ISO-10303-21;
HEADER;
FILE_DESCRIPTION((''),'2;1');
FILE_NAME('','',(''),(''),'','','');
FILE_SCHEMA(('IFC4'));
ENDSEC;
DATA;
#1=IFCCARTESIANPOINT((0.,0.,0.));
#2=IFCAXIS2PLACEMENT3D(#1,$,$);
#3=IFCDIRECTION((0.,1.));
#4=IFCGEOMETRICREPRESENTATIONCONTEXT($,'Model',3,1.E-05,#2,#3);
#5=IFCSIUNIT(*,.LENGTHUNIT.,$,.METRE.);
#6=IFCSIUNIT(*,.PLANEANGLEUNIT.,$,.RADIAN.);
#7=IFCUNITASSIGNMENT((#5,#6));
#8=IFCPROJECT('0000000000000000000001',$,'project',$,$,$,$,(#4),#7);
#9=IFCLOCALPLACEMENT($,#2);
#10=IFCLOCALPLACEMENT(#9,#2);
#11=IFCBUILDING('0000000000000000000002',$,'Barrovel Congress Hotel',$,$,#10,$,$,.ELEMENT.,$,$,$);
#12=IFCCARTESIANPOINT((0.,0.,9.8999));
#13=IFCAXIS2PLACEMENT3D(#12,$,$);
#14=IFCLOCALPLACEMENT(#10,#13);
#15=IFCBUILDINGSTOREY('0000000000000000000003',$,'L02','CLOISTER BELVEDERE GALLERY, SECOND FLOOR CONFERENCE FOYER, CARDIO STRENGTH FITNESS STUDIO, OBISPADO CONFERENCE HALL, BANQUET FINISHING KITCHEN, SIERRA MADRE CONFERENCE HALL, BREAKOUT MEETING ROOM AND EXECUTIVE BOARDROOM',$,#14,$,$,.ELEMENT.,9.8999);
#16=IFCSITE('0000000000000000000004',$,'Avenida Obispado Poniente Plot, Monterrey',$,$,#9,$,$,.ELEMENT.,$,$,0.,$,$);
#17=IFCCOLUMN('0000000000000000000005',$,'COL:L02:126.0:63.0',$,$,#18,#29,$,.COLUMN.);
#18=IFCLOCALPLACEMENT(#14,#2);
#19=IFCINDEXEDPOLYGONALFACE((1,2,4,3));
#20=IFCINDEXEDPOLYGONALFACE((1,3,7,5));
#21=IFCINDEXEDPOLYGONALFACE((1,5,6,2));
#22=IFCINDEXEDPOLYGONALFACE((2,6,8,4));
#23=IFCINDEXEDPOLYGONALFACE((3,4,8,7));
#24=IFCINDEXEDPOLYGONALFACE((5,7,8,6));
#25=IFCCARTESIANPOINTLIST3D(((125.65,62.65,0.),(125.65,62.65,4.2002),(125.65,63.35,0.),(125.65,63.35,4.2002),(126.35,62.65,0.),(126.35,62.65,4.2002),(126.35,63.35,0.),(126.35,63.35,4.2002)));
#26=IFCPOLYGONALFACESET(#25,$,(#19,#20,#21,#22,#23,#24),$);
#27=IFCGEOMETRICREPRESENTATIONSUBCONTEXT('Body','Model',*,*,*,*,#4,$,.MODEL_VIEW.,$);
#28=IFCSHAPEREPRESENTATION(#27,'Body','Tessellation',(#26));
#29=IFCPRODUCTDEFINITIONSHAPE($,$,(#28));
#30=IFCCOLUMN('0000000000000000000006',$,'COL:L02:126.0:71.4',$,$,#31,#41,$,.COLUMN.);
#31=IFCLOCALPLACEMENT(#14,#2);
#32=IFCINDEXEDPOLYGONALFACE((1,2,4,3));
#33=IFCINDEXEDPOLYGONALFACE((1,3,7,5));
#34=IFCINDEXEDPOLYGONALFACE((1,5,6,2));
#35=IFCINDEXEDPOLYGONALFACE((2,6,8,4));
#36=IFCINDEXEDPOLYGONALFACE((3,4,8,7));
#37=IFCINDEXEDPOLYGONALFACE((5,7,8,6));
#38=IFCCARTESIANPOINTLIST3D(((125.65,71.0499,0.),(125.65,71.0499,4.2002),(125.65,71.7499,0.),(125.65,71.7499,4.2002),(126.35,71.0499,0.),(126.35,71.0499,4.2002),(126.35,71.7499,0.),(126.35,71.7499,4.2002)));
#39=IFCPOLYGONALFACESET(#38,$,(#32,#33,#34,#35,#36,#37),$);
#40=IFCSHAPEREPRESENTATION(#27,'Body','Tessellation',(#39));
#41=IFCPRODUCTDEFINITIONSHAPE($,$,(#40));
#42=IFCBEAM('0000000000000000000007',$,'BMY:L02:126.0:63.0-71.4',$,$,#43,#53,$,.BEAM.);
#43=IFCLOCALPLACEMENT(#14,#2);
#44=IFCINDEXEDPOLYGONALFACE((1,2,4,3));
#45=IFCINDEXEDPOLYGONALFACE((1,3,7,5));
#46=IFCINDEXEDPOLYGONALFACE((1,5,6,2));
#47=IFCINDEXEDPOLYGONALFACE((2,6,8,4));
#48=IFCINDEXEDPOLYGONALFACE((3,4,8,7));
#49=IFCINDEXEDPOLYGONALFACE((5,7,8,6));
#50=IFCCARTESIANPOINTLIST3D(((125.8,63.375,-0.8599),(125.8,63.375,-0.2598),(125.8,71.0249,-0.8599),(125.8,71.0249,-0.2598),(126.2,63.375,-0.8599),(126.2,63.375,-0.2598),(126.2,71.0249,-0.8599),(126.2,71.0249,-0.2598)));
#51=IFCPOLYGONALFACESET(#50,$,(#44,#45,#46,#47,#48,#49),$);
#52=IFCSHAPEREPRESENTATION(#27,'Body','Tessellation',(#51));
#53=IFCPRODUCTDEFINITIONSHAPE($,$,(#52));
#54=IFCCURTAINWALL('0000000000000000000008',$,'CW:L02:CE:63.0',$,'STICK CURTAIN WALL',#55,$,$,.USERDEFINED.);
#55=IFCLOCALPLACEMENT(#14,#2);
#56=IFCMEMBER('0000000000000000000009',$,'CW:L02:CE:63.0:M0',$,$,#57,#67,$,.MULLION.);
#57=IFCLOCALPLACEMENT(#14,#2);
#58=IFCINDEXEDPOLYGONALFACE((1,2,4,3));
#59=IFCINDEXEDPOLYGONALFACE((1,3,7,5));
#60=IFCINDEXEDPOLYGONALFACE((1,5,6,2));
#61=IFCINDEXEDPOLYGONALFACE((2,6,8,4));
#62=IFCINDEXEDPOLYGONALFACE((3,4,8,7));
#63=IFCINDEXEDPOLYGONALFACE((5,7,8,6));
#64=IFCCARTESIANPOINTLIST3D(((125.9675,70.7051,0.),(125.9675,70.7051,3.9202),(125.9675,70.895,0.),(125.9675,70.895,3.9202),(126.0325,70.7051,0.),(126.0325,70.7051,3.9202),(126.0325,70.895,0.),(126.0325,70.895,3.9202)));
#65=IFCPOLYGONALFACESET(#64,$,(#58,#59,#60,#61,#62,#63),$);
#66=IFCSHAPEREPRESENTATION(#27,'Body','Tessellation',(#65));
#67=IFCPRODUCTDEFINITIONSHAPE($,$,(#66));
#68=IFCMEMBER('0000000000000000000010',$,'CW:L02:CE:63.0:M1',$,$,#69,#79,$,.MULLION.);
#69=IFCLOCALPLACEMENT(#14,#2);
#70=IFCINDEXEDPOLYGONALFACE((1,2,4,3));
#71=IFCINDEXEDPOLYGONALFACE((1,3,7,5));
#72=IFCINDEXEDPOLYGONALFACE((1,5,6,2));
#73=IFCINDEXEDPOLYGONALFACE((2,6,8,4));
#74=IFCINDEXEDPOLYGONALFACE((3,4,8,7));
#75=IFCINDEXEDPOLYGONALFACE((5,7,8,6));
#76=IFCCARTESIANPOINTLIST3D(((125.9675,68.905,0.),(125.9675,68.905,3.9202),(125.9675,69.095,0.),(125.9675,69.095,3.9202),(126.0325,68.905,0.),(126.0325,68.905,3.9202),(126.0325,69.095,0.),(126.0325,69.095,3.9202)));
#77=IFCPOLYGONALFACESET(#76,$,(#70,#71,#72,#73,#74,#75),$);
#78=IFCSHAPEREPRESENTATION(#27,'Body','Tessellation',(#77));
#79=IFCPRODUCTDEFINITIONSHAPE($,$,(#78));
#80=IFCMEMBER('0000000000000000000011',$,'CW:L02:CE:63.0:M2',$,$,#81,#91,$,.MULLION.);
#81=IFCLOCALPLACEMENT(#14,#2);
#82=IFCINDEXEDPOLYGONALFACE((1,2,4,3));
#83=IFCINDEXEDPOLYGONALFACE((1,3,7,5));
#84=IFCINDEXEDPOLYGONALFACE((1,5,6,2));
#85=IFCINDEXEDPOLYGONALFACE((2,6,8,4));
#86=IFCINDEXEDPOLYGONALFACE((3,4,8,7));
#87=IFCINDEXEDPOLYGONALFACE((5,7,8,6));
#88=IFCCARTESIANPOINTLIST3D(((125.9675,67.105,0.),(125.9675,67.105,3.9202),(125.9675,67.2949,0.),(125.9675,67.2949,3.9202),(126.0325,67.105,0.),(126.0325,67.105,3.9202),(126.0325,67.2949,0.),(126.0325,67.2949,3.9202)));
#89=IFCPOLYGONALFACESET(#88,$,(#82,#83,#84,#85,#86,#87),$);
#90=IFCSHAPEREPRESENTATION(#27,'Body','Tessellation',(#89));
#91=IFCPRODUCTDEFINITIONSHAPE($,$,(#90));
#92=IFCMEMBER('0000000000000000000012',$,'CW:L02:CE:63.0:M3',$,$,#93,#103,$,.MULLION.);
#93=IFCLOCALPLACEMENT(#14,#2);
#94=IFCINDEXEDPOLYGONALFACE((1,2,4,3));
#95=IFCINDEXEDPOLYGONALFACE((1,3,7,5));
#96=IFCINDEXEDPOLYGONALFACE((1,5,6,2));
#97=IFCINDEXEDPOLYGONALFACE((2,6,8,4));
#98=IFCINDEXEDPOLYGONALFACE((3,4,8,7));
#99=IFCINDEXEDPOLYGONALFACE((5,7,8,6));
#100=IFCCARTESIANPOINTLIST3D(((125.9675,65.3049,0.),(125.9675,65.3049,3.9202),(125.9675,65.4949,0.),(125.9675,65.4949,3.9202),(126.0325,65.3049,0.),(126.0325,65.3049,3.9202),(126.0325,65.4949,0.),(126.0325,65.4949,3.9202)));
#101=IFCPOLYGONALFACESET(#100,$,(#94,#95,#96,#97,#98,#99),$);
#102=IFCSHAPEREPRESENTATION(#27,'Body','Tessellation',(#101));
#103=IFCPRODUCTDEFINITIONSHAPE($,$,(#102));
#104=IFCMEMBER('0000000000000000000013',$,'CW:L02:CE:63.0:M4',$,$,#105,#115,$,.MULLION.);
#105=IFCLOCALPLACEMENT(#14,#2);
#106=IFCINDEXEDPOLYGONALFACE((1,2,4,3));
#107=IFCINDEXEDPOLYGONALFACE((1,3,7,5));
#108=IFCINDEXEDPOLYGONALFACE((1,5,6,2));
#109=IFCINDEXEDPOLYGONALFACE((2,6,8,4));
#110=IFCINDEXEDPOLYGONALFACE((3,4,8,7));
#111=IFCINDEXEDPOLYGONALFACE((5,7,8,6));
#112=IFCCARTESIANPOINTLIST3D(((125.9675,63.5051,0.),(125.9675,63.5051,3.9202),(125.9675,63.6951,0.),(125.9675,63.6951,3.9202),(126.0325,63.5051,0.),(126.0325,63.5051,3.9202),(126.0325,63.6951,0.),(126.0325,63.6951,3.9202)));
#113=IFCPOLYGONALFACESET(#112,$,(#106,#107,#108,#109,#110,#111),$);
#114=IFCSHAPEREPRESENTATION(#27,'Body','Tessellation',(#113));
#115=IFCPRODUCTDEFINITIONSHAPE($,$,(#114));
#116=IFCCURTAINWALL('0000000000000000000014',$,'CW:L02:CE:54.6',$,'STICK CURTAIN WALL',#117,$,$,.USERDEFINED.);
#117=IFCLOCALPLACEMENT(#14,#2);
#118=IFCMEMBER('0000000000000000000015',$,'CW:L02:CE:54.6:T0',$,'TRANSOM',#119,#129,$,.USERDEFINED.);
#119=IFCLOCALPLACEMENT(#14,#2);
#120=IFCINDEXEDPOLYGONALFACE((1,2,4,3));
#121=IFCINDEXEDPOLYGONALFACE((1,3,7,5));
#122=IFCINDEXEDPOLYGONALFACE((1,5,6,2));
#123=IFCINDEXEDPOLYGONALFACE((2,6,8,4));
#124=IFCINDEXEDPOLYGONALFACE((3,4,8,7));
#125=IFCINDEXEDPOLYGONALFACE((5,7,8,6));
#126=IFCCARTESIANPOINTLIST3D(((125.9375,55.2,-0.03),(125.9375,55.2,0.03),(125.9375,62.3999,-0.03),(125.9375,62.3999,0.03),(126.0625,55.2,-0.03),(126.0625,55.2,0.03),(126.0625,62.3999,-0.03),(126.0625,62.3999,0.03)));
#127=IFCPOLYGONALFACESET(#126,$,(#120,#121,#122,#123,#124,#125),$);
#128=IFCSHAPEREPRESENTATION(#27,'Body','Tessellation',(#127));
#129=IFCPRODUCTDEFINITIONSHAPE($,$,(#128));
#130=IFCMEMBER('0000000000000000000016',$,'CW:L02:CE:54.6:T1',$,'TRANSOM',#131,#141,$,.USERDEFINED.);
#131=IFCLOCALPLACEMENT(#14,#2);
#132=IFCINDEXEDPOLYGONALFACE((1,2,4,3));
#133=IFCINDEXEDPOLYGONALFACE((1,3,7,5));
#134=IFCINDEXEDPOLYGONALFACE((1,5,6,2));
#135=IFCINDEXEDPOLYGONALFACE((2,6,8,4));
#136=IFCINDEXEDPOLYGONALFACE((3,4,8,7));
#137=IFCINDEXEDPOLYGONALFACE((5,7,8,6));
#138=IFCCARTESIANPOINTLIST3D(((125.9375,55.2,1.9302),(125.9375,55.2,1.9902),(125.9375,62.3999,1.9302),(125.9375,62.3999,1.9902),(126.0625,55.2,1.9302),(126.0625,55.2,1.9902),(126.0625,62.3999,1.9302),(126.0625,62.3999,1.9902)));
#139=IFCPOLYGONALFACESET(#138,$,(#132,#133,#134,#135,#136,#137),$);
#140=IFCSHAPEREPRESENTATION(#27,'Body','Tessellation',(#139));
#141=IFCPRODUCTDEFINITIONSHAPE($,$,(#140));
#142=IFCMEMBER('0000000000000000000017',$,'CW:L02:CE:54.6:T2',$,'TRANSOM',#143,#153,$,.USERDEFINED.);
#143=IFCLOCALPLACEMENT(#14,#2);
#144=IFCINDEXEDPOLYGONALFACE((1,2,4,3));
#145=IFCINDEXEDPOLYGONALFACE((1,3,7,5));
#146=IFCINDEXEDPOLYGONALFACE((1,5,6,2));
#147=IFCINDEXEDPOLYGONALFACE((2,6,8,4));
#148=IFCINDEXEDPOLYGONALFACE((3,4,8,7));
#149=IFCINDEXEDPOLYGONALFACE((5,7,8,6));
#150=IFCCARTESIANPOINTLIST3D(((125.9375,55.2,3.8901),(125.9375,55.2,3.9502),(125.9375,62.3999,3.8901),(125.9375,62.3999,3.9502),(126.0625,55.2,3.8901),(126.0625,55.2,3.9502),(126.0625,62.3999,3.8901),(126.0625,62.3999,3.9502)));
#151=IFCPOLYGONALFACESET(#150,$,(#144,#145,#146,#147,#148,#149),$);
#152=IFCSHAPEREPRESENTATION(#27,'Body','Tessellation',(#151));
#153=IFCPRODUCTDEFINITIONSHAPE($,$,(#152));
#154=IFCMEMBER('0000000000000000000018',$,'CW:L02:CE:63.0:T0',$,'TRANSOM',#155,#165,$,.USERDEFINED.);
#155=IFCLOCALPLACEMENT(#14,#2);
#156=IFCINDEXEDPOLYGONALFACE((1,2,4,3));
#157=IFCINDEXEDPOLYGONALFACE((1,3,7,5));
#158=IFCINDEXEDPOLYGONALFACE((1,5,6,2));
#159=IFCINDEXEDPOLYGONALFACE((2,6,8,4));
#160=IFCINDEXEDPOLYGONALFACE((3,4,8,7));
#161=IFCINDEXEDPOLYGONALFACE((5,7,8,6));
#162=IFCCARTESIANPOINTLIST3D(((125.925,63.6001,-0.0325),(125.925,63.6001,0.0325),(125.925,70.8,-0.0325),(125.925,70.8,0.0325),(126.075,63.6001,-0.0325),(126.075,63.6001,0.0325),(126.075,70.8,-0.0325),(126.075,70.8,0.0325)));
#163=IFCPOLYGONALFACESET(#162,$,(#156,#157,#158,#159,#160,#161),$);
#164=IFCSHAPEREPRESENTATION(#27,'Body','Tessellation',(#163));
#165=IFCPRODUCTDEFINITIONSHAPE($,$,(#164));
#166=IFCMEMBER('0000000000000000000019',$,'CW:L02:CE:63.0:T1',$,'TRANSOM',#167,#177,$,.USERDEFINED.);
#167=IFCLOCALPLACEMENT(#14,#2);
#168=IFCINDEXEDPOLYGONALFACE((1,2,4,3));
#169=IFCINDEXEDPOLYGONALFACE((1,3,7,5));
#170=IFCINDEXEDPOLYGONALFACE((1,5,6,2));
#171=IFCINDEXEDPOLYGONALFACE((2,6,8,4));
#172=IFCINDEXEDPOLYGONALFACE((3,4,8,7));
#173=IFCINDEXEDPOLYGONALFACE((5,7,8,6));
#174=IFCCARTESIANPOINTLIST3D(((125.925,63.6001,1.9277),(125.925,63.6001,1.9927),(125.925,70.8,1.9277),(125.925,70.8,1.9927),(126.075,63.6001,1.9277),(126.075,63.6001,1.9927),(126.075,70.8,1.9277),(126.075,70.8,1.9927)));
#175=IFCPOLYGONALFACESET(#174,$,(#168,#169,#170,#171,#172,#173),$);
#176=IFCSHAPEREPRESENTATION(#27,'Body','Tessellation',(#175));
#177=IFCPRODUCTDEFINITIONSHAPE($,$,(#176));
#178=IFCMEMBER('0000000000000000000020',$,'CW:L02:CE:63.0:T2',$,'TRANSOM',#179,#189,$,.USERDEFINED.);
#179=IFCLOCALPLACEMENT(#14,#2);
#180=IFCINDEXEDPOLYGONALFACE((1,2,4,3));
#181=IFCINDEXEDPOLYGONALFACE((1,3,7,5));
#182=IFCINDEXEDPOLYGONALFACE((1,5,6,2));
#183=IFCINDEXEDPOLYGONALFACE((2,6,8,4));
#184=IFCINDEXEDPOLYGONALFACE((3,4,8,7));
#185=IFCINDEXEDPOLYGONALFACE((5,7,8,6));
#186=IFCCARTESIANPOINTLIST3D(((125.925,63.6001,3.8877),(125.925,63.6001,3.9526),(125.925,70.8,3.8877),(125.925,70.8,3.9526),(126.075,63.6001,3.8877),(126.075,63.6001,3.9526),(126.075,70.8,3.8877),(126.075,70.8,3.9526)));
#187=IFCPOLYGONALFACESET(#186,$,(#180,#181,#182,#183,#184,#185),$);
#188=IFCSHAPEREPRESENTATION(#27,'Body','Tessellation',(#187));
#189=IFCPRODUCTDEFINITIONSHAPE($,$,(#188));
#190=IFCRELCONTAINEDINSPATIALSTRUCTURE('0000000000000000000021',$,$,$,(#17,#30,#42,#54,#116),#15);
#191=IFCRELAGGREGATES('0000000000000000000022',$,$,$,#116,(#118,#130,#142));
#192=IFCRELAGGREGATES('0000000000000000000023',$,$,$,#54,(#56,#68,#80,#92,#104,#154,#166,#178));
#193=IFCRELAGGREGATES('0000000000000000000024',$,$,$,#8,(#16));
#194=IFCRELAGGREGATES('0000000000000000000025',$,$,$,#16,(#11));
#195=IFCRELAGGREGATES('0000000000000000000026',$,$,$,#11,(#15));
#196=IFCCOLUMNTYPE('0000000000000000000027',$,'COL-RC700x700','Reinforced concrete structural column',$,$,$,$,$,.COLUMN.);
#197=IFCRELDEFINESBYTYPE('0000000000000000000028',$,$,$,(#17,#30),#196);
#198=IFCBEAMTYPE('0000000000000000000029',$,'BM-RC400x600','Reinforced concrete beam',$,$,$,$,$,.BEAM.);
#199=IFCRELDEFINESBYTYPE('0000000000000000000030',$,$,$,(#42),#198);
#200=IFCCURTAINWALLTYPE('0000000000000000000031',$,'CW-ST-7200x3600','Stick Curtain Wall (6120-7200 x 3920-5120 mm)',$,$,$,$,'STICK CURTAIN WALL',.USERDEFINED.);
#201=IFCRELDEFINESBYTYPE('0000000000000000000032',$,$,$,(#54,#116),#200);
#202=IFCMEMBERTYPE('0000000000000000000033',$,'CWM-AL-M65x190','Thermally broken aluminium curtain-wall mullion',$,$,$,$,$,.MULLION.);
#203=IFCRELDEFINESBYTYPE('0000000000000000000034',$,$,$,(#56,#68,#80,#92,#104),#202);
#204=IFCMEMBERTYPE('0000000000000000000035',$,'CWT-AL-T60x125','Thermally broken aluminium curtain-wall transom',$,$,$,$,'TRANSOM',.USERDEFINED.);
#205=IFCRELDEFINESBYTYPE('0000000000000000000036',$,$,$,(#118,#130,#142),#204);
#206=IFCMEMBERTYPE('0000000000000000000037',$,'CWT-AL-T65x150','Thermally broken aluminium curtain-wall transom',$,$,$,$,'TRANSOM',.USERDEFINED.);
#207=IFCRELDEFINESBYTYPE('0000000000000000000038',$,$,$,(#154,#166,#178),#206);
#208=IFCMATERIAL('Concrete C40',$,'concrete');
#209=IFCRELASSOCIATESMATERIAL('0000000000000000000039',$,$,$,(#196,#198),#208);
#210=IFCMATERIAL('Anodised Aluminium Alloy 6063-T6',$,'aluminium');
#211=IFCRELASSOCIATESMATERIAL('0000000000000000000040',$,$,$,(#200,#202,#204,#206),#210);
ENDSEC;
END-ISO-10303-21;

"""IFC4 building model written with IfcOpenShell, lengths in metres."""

from ifc_helpers import new_model, si_unit, direction, frame, origin, origin_2d, place, context, subcontext, project, spatial, rectangle, extrude, material, material_profile, profile_set, type_object, element, aggregate, save


model = new_model("IFC4")

# Units and contexts
model_context = context("Model", 3, precision=1e-05, world=origin(), true_north=direction((0.0, 1.0)))
body_context = subcontext(model_context, "Body", "Model", "MODEL_VIEW")
ifc_project = project(units=[si_unit("LENGTHUNIT", "METRE"), si_unit("PLANEANGLEUNIT", "RADIAN")], contexts=[model_context])

# Site, building, storey
site_placement = place(None, origin())
site = spatial("IfcSite", under=ifc_project, at=site_placement, Name="Avenida Obispado Poniente Plot, Monterrey", CompositionType="ELEMENT", RefElevation=0.0)
building_placement = place(site_placement, origin())
building = spatial("IfcBuilding", under=site, at=building_placement, Name="Barrovel Congress Hotel", CompositionType="ELEMENT")
storey_placement = place(building_placement, frame((0.0, 0.0, 9.8999)))
storey = spatial("IfcBuildingStorey", under=building, at=storey_placement, Name="L02", Description="CLOISTER BELVEDERE GALLERY, SECOND FLOOR CONFERENCE FOYER, CARDIO STRENGTH FITNESS STUDIO, OBISPADO CONFERENCE HALL, BANQUET FINISHING KITCHEN, SIERRA MADRE CONFERENCE HALL, BREAKOUT MEETING ROOM AND EXECUTIVE BOARDROOM", CompositionType="ELEMENT", Elevation=9.8999)

# Columns
ifc_material_1 = material(Name="Concrete C40", Category="concrete")
ifc_material_profile_1 = material_profile(ifc_material_1, rectangle(XDim=0.7, YDim=0.7, at=origin_2d()), Name="RC700x700")
ifc_profile_set_1 = profile_set([ifc_material_profile_1], Name="Concrete C40")
column_type = type_object("IfcColumnType", Name="COL-RC700x700", Description="Reinforced concrete structural column", PredefinedType="COLUMN", material=ifc_profile_set_1)
for number, where, z_axis, x_axis, name in (
    (1, (126.0, 63.0, 0.0), (0.0, 0.0, 1.0), (1.0, 0.0, 0.0), "COL:L02:126.0:63.0"),
    (2, (126.0, 71.3999, 0.0), (0.0, 0.0, 1.0), (1.0, 0.0, 0.0), "COL:L02:126.0:71.4"),
):
    element("IfcColumn", number, at=place(storey_placement, frame(where, z_axis=z_axis, x_axis=x_axis)), inside=storey, type_object=column_type, Name=name, PredefinedType="COLUMN", context=body_context, shape_type="SweptSolid", body=[
        extrude(rectangle(XDim=0.7, YDim=0.7, at=origin_2d()), origin(), (0.0, 0.0, 1.0), 4.2002),
    ])

# Beam
ifc_material_profile_2 = material_profile(ifc_material_1, rectangle(XDim=0.3999, YDim=0.6001, at=origin_2d()), Name="RC400x600")
ifc_profile_set_2 = profile_set([ifc_material_profile_2], Name="Concrete C40")
beam_type = type_object("IfcBeamType", Name="BM-RC400x600", Description="Reinforced concrete beam", PredefinedType="BEAM", material=ifc_profile_set_2)
beam_placement = place(storey_placement, frame((126.0, 63.375, -0.5598), z_axis=(0.0, 1.0, 0.0), x_axis=(-1.0, 0.0, 0.0)))
element("IfcBeam", 3, at=beam_placement, inside=storey, type_object=beam_type, Name="BMY:L02:126.0:63.0-71.4", PredefinedType="BEAM", context=body_context, shape_type="SweptSolid", body=[
    extrude(rectangle(XDim=0.3999, YDim=0.6001, at=origin_2d()), origin(), (0.0, 0.0, 1.0), 7.6499),
])

# Curtain walls, members
ifc_material_2 = material(Name="Anodised Aluminium Alloy 6063-T6", Category="aluminium")
curtain_wall_type = type_object("IfcCurtainWallType", Name="CW-ST-7200x3600", Description="Stick Curtain Wall (6120-7200 x 3920-5120 mm)", ElementType="STICK CURTAIN WALL", PredefinedType="USERDEFINED", material=ifc_material_2)
curtain_wall_1_placement = place(storey_placement, origin())
curtain_wall_1 = element("IfcCurtainWall", 4, at=curtain_wall_1_placement, inside=storey, type_object=curtain_wall_type, Name="CW:L02:CE:63.0", ObjectType="STICK CURTAIN WALL", PredefinedType="USERDEFINED")
ifc_material_profile_3 = material_profile(ifc_material_2, rectangle(XDim=0.0649, YDim=0.1899, at=origin_2d()), Name="AL-M65x190")
ifc_profile_set_3 = profile_set([ifc_material_profile_3], Name="Anodised Aluminium Alloy 6063-T6")
member_type_1 = type_object("IfcMemberType", Name="CWM-AL-M65x190", Description="Thermally broken aluminium curtain-wall mullion", PredefinedType="MULLION", material=ifc_profile_set_3)
member_1_placement = place(storey_placement, frame((126.0, 70.8, 0.0), z_axis=(0.0, 0.0, 1.0), x_axis=(1.0, 0.0, 0.0)))
member_1 = element("IfcMember", 5, at=member_1_placement, type_object=member_type_1, Name="CW:L02:CE:63.0:M0", PredefinedType="MULLION", context=body_context, shape_type="SweptSolid", body=[
    extrude(rectangle(XDim=0.0649, YDim=0.1899, at=origin_2d()), origin(), (0.0, 0.0, 1.0), 3.9202),
])
member_2_placement = place(storey_placement, frame((126.0, 69.0, 0.0), z_axis=(0.0, 0.0, 1.0), x_axis=(1.0, 0.0, 0.0)))
member_2 = element("IfcMember", 6, at=member_2_placement, type_object=member_type_1, Name="CW:L02:CE:63.0:M1", PredefinedType="MULLION", context=body_context, shape_type="SweptSolid", body=[
    extrude(rectangle(XDim=0.0649, YDim=0.1899, at=origin_2d()), origin(), (0.0, 0.0, 1.0), 3.9202),
])
member_3_placement = place(storey_placement, frame((126.0, 67.2, 0.0), z_axis=(0.0, 0.0, 1.0), x_axis=(1.0, 0.0, 0.0)))
member_3 = element("IfcMember", 7, at=member_3_placement, type_object=member_type_1, Name="CW:L02:CE:63.0:M2", PredefinedType="MULLION", context=body_context, shape_type="SweptSolid", body=[
    extrude(rectangle(XDim=0.0649, YDim=0.1899, at=origin_2d()), origin(), (0.0, 0.0, 1.0), 3.9202),
])
member_4_placement = place(storey_placement, frame((126.0, 65.3999, 0.0), z_axis=(0.0, 0.0, 1.0), x_axis=(1.0, 0.0, 0.0)))
member_4 = element("IfcMember", 8, at=member_4_placement, type_object=member_type_1, Name="CW:L02:CE:63.0:M3", PredefinedType="MULLION", context=body_context, shape_type="SweptSolid", body=[
    extrude(rectangle(XDim=0.0649, YDim=0.1899, at=origin_2d()), origin(), (0.0, 0.0, 1.0), 3.9202),
])
member_5_placement = place(storey_placement, frame((126.0, 63.6001, 0.0), z_axis=(0.0, 0.0, 1.0), x_axis=(1.0, 0.0, 0.0)))
member_5 = element("IfcMember", 9, at=member_5_placement, type_object=member_type_1, Name="CW:L02:CE:63.0:M4", PredefinedType="MULLION", context=body_context, shape_type="SweptSolid", body=[
    extrude(rectangle(XDim=0.0649, YDim=0.1899, at=origin_2d()), origin(), (0.0, 0.0, 1.0), 3.9202),
])
curtain_wall_2_placement = place(storey_placement, origin())
curtain_wall_2 = element("IfcCurtainWall", 10, at=curtain_wall_2_placement, inside=storey, type_object=curtain_wall_type, Name="CW:L02:CE:54.6", ObjectType="STICK CURTAIN WALL", PredefinedType="USERDEFINED")
ifc_material_profile_4 = material_profile(ifc_material_2, rectangle(XDim=0.125, YDim=0.0601, at=origin_2d()), Name="AL-T60x125")
ifc_profile_set_4 = profile_set([ifc_material_profile_4], Name="Anodised Aluminium Alloy 6063-T6")
member_type_2 = type_object("IfcMemberType", Name="CWT-AL-T60x125", Description="Thermally broken aluminium curtain-wall transom", ElementType="TRANSOM", PredefinedType="USERDEFINED", material=ifc_profile_set_4)
member_6_placement = place(storey_placement, frame((126.0, 62.3999, 0.0), z_axis=(0.0, -1.0, 0.0), x_axis=(1.0, 0.0, 0.0)))
member_6 = element("IfcMember", 11, at=member_6_placement, type_object=member_type_2, Name="CW:L02:CE:54.6:T0", ObjectType="TRANSOM", PredefinedType="USERDEFINED", context=body_context, shape_type="SweptSolid", body=[
    extrude(rectangle(XDim=0.125, YDim=0.0601, at=origin_2d()), origin(), (0.0, 0.0, 1.0), 7.2),
])
member_7_placement = place(storey_placement, frame((126.0, 62.3999, 1.9602), z_axis=(0.0, -1.0, 0.0), x_axis=(1.0, 0.0, 0.0)))
member_7 = element("IfcMember", 12, at=member_7_placement, type_object=member_type_2, Name="CW:L02:CE:54.6:T1", ObjectType="TRANSOM", PredefinedType="USERDEFINED", context=body_context, shape_type="SweptSolid", body=[
    extrude(rectangle(XDim=0.125, YDim=0.0601, at=origin_2d()), origin(), (0.0, 0.0, 1.0), 7.2),
])
member_8_placement = place(storey_placement, frame((126.0, 62.3999, 3.9202), z_axis=(0.0, -1.0, 0.0), x_axis=(1.0, 0.0, 0.0)))
member_8 = element("IfcMember", 13, at=member_8_placement, type_object=member_type_2, Name="CW:L02:CE:54.6:T2", ObjectType="TRANSOM", PredefinedType="USERDEFINED", context=body_context, shape_type="SweptSolid", body=[
    extrude(rectangle(XDim=0.125, YDim=0.0601, at=origin_2d()), origin(), (0.0, 0.0, 1.0), 7.2),
])
aggregate(curtain_wall_2, [member_6, member_7, member_8])

# Members
ifc_material_profile_5 = material_profile(ifc_material_2, rectangle(XDim=0.1499, YDim=0.0649, at=origin_2d()), Name="AL-T65x150")
ifc_profile_set_5 = profile_set([ifc_material_profile_5], Name="Anodised Aluminium Alloy 6063-T6")
member_type_3 = type_object("IfcMemberType", Name="CWT-AL-T65x150", Description="Thermally broken aluminium curtain-wall transom", ElementType="TRANSOM", PredefinedType="USERDEFINED", material=ifc_profile_set_5)
member_9_placement = place(storey_placement, frame((126.0, 70.8, 0.0), z_axis=(0.0, -1.0, 0.0), x_axis=(1.0, 0.0, 0.0)))
member_9 = element("IfcMember", 14, at=member_9_placement, type_object=member_type_3, Name="CW:L02:CE:63.0:T0", ObjectType="TRANSOM", PredefinedType="USERDEFINED", context=body_context, shape_type="SweptSolid", body=[
    extrude(rectangle(XDim=0.1499, YDim=0.0649, at=origin_2d()), origin(), (0.0, 0.0, 1.0), 7.2),
])
member_10_placement = place(storey_placement, frame((126.0, 70.8, 1.9602), z_axis=(0.0, -1.0, 0.0), x_axis=(1.0, 0.0, 0.0)))
member_10 = element("IfcMember", 15, at=member_10_placement, type_object=member_type_3, Name="CW:L02:CE:63.0:T1", ObjectType="TRANSOM", PredefinedType="USERDEFINED", context=body_context, shape_type="SweptSolid", body=[
    extrude(rectangle(XDim=0.1499, YDim=0.0649, at=origin_2d()), origin(), (0.0, 0.0, 1.0), 7.2),
])
member_11_placement = place(storey_placement, frame((126.0, 70.8, 3.9202), z_axis=(0.0, -1.0, 0.0), x_axis=(1.0, 0.0, 0.0)))
member_11 = element("IfcMember", 16, at=member_11_placement, type_object=member_type_3, Name="CW:L02:CE:63.0:T2", ObjectType="TRANSOM", PredefinedType="USERDEFINED", context=body_context, shape_type="SweptSolid", body=[
    extrude(rectangle(XDim=0.1499, YDim=0.0649, at=origin_2d()), origin(), (0.0, 0.0, 1.0), 7.2),
])

aggregate(curtain_wall_1, [member_1, member_2, member_3, member_4, member_5, member_9, member_10, member_11])

save(model, "model.ifc")
